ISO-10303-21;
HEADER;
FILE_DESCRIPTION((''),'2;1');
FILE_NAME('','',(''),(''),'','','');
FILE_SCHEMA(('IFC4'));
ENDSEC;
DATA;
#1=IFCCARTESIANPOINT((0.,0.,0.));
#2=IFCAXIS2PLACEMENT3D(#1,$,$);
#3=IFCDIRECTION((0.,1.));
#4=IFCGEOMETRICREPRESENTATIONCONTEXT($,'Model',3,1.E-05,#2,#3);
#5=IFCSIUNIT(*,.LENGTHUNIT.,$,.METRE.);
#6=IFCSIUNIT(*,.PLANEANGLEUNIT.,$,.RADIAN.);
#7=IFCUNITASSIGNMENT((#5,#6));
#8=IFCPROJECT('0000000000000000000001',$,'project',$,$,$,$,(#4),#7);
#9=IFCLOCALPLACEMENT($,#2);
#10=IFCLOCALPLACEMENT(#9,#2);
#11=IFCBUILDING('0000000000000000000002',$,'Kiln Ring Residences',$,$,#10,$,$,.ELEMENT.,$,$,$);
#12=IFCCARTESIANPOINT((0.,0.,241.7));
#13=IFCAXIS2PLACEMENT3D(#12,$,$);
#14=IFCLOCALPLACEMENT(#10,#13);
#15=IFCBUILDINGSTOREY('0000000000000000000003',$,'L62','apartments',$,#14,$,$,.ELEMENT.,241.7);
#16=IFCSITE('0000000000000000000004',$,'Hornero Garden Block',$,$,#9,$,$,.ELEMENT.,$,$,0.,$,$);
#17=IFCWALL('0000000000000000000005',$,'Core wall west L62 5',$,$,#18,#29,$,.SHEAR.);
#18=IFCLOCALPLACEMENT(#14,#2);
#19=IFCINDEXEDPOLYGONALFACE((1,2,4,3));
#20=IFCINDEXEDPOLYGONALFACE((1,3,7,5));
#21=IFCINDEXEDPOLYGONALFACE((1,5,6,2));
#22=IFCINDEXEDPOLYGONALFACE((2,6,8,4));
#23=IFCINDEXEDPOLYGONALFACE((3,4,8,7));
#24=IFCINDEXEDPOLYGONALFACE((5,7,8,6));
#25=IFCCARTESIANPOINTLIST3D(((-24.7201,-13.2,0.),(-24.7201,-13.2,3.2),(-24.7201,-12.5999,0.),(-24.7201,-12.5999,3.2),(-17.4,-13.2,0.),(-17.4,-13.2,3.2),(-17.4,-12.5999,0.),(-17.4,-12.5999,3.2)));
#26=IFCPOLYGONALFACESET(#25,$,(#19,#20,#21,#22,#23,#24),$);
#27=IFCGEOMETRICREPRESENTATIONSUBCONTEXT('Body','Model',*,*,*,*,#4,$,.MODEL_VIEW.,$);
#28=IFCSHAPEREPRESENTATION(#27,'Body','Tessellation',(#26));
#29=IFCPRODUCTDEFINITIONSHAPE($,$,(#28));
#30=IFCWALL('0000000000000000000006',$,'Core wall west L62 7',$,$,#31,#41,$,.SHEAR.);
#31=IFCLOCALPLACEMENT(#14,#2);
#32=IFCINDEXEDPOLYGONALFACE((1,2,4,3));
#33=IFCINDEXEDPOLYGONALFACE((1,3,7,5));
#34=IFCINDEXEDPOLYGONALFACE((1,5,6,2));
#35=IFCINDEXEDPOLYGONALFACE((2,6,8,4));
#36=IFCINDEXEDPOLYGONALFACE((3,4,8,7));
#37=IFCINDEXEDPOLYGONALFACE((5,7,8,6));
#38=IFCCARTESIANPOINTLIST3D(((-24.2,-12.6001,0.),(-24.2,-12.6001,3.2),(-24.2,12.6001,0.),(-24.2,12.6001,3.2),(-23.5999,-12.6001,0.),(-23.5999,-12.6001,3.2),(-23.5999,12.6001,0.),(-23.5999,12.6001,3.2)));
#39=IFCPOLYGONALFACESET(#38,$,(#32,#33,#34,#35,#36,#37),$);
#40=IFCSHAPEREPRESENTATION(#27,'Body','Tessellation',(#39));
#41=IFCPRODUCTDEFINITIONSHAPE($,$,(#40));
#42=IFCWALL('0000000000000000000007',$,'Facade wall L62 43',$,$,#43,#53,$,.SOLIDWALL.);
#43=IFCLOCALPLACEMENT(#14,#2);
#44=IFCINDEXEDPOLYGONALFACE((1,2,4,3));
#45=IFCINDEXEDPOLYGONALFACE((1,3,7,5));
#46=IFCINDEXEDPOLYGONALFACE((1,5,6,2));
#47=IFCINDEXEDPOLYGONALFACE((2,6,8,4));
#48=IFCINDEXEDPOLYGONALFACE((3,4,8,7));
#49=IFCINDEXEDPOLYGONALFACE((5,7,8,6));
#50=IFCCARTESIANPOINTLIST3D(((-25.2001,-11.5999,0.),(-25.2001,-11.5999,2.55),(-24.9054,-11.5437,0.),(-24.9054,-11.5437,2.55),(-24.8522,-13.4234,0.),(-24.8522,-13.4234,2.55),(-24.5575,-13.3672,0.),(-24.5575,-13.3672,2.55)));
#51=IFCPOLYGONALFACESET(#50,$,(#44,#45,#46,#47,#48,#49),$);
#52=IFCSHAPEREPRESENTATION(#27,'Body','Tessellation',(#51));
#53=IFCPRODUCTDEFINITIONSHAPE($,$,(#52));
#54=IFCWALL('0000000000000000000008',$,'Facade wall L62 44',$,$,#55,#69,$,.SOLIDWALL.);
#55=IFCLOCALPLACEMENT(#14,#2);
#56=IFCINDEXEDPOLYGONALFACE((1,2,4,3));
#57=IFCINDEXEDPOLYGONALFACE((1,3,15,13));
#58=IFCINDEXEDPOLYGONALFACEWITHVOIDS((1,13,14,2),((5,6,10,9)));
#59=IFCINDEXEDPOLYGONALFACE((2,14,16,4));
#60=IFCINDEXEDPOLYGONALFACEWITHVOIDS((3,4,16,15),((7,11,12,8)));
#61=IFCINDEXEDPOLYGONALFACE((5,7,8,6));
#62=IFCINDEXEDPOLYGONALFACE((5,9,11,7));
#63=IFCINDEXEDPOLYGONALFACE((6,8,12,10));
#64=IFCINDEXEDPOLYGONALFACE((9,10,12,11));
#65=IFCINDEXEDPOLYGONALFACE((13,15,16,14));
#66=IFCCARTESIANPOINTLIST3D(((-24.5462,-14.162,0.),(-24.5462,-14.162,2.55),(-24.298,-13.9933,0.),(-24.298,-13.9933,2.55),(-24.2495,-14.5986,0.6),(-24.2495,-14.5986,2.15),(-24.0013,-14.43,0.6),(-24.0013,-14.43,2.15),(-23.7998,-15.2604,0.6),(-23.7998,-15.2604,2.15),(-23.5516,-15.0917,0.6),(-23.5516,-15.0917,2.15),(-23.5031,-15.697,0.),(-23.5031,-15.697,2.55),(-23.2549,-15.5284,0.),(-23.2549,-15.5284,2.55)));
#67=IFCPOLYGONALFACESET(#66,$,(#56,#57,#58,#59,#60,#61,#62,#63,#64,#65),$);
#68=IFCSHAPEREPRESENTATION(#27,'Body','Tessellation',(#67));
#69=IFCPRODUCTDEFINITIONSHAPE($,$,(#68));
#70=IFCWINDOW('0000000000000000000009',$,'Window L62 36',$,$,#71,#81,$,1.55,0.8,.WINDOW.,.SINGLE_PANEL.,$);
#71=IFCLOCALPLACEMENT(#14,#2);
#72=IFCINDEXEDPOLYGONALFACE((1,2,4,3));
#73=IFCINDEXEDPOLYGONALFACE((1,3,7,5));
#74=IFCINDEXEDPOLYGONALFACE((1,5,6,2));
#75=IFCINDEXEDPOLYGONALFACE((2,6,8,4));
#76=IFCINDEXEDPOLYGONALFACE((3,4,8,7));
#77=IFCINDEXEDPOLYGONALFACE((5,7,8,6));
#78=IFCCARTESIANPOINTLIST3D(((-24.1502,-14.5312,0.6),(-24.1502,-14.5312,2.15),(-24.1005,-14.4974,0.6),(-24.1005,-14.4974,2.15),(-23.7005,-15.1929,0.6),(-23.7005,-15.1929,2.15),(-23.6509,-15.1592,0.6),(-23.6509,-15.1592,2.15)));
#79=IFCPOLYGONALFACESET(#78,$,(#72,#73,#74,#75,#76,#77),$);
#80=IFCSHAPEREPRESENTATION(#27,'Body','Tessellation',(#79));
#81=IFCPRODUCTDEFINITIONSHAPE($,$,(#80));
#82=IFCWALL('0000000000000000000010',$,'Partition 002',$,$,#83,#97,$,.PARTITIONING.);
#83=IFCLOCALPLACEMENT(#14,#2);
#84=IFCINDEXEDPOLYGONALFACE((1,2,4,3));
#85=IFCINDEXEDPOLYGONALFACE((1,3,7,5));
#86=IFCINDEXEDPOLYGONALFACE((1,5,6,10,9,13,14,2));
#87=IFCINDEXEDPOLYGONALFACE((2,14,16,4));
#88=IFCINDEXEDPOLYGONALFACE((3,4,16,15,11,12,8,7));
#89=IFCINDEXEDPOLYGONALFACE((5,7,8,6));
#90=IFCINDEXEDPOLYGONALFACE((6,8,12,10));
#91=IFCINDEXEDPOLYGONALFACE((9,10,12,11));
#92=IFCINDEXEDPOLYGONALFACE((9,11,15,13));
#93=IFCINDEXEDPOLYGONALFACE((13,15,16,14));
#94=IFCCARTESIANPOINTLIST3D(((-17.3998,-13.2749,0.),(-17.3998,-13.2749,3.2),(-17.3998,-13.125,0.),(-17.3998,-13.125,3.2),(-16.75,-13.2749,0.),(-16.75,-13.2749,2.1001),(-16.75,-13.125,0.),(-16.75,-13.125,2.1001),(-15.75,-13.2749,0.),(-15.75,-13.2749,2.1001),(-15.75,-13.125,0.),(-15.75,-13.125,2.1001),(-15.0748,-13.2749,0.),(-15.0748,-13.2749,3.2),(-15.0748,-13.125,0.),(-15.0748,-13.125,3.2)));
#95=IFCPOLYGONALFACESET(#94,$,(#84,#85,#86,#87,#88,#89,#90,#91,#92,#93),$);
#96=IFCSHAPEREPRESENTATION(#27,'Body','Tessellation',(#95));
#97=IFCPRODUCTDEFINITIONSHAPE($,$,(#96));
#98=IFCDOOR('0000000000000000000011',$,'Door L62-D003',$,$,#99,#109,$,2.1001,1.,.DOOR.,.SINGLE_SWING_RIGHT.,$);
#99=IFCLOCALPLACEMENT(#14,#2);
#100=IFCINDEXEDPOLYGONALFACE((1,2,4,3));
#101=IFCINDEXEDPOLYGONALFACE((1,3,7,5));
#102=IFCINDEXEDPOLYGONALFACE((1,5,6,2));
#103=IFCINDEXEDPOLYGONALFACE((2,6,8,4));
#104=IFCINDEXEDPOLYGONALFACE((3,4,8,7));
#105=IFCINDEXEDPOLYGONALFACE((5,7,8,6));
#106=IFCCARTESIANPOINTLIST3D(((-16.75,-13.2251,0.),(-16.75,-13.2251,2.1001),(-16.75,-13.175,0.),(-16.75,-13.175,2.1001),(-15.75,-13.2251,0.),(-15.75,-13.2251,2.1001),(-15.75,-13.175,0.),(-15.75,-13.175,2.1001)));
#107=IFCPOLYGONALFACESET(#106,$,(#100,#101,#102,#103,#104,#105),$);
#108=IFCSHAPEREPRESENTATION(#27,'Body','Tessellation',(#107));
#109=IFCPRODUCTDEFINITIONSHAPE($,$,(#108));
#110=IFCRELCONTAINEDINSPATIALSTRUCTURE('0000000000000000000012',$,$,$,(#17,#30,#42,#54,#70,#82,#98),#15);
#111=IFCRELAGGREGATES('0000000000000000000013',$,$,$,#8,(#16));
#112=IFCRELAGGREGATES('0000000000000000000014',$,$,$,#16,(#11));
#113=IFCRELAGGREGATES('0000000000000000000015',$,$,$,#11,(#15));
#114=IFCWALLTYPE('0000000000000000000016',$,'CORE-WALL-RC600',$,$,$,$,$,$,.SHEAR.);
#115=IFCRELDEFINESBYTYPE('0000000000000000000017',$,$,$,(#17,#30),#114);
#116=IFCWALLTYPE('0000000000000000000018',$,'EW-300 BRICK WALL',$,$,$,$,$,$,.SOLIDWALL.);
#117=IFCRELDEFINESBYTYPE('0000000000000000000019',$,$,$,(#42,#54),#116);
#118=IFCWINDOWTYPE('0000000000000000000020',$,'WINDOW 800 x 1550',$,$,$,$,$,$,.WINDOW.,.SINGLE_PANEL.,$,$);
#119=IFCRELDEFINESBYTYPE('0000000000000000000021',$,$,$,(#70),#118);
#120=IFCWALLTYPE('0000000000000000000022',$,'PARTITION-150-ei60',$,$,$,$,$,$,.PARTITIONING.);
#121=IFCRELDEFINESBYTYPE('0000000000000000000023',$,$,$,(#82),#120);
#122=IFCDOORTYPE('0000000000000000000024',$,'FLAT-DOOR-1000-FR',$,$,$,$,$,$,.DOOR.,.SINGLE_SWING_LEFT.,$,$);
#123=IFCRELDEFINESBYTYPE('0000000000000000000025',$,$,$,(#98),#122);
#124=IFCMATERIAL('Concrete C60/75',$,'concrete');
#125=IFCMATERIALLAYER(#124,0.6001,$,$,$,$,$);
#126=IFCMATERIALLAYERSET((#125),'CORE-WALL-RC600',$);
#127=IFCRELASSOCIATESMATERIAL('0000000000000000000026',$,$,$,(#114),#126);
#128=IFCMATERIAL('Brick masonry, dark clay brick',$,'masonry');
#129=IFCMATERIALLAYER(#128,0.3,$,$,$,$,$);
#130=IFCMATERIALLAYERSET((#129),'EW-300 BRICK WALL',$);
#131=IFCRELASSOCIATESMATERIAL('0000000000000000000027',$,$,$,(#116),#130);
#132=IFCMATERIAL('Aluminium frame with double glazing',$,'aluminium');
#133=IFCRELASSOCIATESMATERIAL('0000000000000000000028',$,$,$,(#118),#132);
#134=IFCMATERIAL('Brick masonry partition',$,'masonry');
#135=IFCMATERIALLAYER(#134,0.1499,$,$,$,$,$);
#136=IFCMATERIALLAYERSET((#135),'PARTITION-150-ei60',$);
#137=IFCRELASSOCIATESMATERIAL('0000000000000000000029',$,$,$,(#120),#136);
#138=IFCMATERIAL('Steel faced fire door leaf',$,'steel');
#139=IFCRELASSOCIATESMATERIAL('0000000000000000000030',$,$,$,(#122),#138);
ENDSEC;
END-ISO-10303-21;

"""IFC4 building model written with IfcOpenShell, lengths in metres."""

from ifc_helpers import new_model, si_unit, direction, frame, frame_2d, origin, place, context, subcontext, project, spatial, rectangle, extrude, material, layer, layer_set, type_object, element, fill, save


model = new_model("IFC4")

# Units and contexts
model_context = context("Model", 3, precision=1e-05, world=origin(), true_north=direction((0.0, 1.0)))
body_context = subcontext(model_context, "Body", "Model", "MODEL_VIEW")
ifc_project = project(units=[si_unit("LENGTHUNIT", "METRE"), si_unit("PLANEANGLEUNIT", "RADIAN")], contexts=[model_context])

# Site, building, storey
site_placement = place(None, origin())
site = spatial("IfcSite", under=ifc_project, at=site_placement, Name="Hornero Garden Block", CompositionType="ELEMENT", RefElevation=0.0)
building_placement = place(site_placement, origin())
building = spatial("IfcBuilding", under=site, at=building_placement, Name="Kiln Ring Residences", CompositionType="ELEMENT")
storey_placement = place(building_placement, frame((0.0, 0.0, 241.7)))
storey = spatial("IfcBuildingStorey", under=building, at=storey_placement, Name="L62", Description="apartments", CompositionType="ELEMENT", Elevation=241.7)

# Walls
ifc_material_1 = material(Name="Concrete C60/75", Category="concrete")
ifc_layer_1 = layer(ifc_material_1, 0.6001)
ifc_layer_set_1 = layer_set([ifc_layer_1], Name="CORE-WALL-RC600")
wall_type_1 = type_object("IfcWallType", Name="CORE-WALL-RC600", PredefinedType="SHEAR", material=ifc_layer_set_1)
wall_1_placement = place(storey_placement, frame((-17.3999, -12.8999, 0.0), z_axis=(0.0, 0.0, 1.0), x_axis=(-1.0, 0.0, 0.0)))
element("IfcWall", 1, at=wall_1_placement, inside=storey, type_object=wall_type_1, Name="Core wall west L62 5", PredefinedType="SHEAR", context=body_context, shape_type="SweptSolid", body=[
    extrude(rectangle(XDim=7.3201, YDim=0.6001, at=frame_2d((3.6602, 0.0))), origin(), (0.0, 0.0, 1.0), 3.2),
])
wall_2_placement = place(storey_placement, frame((-23.8999, -12.6001, 0.0), z_axis=(0.0, 0.0, 1.0), x_axis=(0.0, 1.0, 0.0)))
element("IfcWall", 2, at=wall_2_placement, inside=storey, type_object=wall_type_1, Name="Core wall west L62 7", PredefinedType="SHEAR", context=body_context, shape_type="SweptSolid", body=[
    extrude(rectangle(XDim=25.2002, YDim=0.6001, at=frame_2d((12.6001, 0.0))), origin(), (0.0, 0.0, 1.0), 3.2),
])
ifc_material_2 = material(Name="Brick masonry, dark clay brick", Category="masonry")
ifc_layer_2 = layer(ifc_material_2, 0.3)
ifc_layer_set_2 = layer_set([ifc_layer_2], Name="EW-300 BRICK WALL")
wall_type_2 = type_object("IfcWallType", Name="EW-300 BRICK WALL", PredefinedType="SOLIDWALL", material=ifc_layer_set_2)
wall_3_placement = place(storey_placement, frame((-25.0527, -11.5718, 0.0), z_axis=(0.0, 0.0, 1.0), x_axis=(0.187408, -0.982282, 0.0)))
element("IfcWall", 3, at=wall_3_placement, inside=storey, type_object=wall_type_2, Name="Facade wall L62 43", PredefinedType="SOLIDWALL", context=body_context, shape_type="SweptSolid", body=[
    extrude(rectangle(XDim=1.8564, YDim=0.3, at=frame_2d((0.9282, 0.0))), origin(), (0.0, 0.0, 1.0), 2.55),
])

# Wall, opening, window
wall_4_placement = place(storey_placement, frame((-24.4221, -14.0776, 0.0), z_axis=(0.0, 0.0, 1.0), x_axis=(0.562055, -0.8271, 0.0)))
wall_4 = element("IfcWall", 4, at=wall_4_placement, inside=storey, type_object=wall_type_2, Name="Facade wall L62 44", PredefinedType="SOLIDWALL", context=body_context, shape_type="SweptSolid", body=[
    extrude(rectangle(XDim=1.856, YDim=0.3, at=frame_2d((0.928, 0.0))), origin(), (0.0, 0.0, 1.0), 2.55),
])
opening_1_placement = place(wall_4_placement, frame((0.5281, 0.0, 0.6001)))
opening_1 = element("IfcOpeningElement", 5, at=opening_1_placement, cuts=wall_4, PredefinedType="OPENING", context=body_context, shape_type="SweptSolid", body=[
    extrude(rectangle(XDim=0.8, YDim=1.55, at=frame_2d((0.3999, 0.7749))), frame((0.0, 0.1599, 0.0), z_axis=(0.0, -1.0, 0.0), x_axis=(1.0, 0.0, 0.0)), (0.0, 0.0, 1.0), 0.3201),
])
ifc_material_3 = material(Name="Aluminium frame with double glazing", Category="aluminium")
window_type = type_object("IfcWindowType", Name="WINDOW 800 x 1550", PartitioningType="SINGLE_PANEL", PredefinedType="WINDOW", material=ifc_material_3)
window_placement = place(opening_1_placement, origin())
window = element("IfcWindow", 6, at=window_placement, inside=storey, type_object=window_type, Name="Window L62 36", OverallHeight=1.55, OverallWidth=0.8, PartitioningType="SINGLE_PANEL", PredefinedType="WINDOW", context=body_context, shape_type="SweptSolid", body=[
    extrude(rectangle(XDim=0.8, YDim=1.55, at=frame_2d((0.3999, 0.7749))), frame((0.0, 0.03, 0.0), z_axis=(0.0, -1.0, 0.0), x_axis=(1.0, 0.0, 0.0)), (0.0, 0.0, 1.0), 0.0601),
])
fill(opening_1, window)

# Wall, opening, door
ifc_material_4 = material(Name="Brick masonry partition", Category="masonry")
ifc_layer_3 = layer(ifc_material_4, 0.1499)
ifc_layer_set_3 = layer_set([ifc_layer_3], Name="PARTITION-150-ei60")
wall_type_3 = type_object("IfcWallType", Name="PARTITION-150-ei60", PredefinedType="PARTITIONING", material=ifc_layer_set_3)
wall_5_placement = place(storey_placement, frame((-17.3999, -13.2, 0.0), z_axis=(0.0, 0.0, 1.0), x_axis=(1.0, 0.0, 0.0)))
wall_5 = element("IfcWall", 7, at=wall_5_placement, inside=storey, type_object=wall_type_3, Name="Partition 002", PredefinedType="PARTITIONING", context=body_context, shape_type="SweptSolid", body=[
    extrude(rectangle(XDim=2.325, YDim=0.1499, at=frame_2d((1.1626, 0.0))), origin(), (0.0, 0.0, 1.0), 3.2),
])
opening_2_placement = place(wall_5_placement, frame((0.6499, 0.0, 0.0)))
opening_2 = element("IfcOpeningElement", 8, at=opening_2_placement, cuts=wall_5, PredefinedType="OPENING", context=body_context, shape_type="SweptSolid", body=[
    extrude(rectangle(XDim=1.0, YDim=2.1001, at=frame_2d((0.5, 1.05))), frame((0.0, 0.085, 0.0), z_axis=(0.0, -1.0, 0.0), x_axis=(1.0, 0.0, 0.0)), (0.0, 0.0, 1.0), 0.1699),
])
ifc_material_5 = material(Name="Steel faced fire door leaf", Category="steel")
door_type_1 = type_object("IfcDoorType", Name="FLAT-DOOR-1000-FR", OperationType="SINGLE_SWING_LEFT", PredefinedType="DOOR", material=ifc_material_5)
door_1_placement = place(opening_2_placement, origin())
door_1 = element("IfcDoor", 9, at=door_1_placement, inside=storey, type_object=door_type_1, Name="Door L62-D003", OperationType="SINGLE_SWING_RIGHT", OverallHeight=2.1001, OverallWidth=1.0, PredefinedType="DOOR", context=body_context, shape_type="SweptSolid", body=[
    extrude(rectangle(XDim=1.0, YDim=2.1001, at=frame_2d((0.5, 1.05))), frame((0.0, 0.0249, 0.0), z_axis=(0.0, -1.0, 0.0), x_axis=(1.0, 0.0, 0.0)), (0.0, 0.0, 1.0), 0.05),
])
fill(opening_2, door_1)

save(model, "model.ifc")
